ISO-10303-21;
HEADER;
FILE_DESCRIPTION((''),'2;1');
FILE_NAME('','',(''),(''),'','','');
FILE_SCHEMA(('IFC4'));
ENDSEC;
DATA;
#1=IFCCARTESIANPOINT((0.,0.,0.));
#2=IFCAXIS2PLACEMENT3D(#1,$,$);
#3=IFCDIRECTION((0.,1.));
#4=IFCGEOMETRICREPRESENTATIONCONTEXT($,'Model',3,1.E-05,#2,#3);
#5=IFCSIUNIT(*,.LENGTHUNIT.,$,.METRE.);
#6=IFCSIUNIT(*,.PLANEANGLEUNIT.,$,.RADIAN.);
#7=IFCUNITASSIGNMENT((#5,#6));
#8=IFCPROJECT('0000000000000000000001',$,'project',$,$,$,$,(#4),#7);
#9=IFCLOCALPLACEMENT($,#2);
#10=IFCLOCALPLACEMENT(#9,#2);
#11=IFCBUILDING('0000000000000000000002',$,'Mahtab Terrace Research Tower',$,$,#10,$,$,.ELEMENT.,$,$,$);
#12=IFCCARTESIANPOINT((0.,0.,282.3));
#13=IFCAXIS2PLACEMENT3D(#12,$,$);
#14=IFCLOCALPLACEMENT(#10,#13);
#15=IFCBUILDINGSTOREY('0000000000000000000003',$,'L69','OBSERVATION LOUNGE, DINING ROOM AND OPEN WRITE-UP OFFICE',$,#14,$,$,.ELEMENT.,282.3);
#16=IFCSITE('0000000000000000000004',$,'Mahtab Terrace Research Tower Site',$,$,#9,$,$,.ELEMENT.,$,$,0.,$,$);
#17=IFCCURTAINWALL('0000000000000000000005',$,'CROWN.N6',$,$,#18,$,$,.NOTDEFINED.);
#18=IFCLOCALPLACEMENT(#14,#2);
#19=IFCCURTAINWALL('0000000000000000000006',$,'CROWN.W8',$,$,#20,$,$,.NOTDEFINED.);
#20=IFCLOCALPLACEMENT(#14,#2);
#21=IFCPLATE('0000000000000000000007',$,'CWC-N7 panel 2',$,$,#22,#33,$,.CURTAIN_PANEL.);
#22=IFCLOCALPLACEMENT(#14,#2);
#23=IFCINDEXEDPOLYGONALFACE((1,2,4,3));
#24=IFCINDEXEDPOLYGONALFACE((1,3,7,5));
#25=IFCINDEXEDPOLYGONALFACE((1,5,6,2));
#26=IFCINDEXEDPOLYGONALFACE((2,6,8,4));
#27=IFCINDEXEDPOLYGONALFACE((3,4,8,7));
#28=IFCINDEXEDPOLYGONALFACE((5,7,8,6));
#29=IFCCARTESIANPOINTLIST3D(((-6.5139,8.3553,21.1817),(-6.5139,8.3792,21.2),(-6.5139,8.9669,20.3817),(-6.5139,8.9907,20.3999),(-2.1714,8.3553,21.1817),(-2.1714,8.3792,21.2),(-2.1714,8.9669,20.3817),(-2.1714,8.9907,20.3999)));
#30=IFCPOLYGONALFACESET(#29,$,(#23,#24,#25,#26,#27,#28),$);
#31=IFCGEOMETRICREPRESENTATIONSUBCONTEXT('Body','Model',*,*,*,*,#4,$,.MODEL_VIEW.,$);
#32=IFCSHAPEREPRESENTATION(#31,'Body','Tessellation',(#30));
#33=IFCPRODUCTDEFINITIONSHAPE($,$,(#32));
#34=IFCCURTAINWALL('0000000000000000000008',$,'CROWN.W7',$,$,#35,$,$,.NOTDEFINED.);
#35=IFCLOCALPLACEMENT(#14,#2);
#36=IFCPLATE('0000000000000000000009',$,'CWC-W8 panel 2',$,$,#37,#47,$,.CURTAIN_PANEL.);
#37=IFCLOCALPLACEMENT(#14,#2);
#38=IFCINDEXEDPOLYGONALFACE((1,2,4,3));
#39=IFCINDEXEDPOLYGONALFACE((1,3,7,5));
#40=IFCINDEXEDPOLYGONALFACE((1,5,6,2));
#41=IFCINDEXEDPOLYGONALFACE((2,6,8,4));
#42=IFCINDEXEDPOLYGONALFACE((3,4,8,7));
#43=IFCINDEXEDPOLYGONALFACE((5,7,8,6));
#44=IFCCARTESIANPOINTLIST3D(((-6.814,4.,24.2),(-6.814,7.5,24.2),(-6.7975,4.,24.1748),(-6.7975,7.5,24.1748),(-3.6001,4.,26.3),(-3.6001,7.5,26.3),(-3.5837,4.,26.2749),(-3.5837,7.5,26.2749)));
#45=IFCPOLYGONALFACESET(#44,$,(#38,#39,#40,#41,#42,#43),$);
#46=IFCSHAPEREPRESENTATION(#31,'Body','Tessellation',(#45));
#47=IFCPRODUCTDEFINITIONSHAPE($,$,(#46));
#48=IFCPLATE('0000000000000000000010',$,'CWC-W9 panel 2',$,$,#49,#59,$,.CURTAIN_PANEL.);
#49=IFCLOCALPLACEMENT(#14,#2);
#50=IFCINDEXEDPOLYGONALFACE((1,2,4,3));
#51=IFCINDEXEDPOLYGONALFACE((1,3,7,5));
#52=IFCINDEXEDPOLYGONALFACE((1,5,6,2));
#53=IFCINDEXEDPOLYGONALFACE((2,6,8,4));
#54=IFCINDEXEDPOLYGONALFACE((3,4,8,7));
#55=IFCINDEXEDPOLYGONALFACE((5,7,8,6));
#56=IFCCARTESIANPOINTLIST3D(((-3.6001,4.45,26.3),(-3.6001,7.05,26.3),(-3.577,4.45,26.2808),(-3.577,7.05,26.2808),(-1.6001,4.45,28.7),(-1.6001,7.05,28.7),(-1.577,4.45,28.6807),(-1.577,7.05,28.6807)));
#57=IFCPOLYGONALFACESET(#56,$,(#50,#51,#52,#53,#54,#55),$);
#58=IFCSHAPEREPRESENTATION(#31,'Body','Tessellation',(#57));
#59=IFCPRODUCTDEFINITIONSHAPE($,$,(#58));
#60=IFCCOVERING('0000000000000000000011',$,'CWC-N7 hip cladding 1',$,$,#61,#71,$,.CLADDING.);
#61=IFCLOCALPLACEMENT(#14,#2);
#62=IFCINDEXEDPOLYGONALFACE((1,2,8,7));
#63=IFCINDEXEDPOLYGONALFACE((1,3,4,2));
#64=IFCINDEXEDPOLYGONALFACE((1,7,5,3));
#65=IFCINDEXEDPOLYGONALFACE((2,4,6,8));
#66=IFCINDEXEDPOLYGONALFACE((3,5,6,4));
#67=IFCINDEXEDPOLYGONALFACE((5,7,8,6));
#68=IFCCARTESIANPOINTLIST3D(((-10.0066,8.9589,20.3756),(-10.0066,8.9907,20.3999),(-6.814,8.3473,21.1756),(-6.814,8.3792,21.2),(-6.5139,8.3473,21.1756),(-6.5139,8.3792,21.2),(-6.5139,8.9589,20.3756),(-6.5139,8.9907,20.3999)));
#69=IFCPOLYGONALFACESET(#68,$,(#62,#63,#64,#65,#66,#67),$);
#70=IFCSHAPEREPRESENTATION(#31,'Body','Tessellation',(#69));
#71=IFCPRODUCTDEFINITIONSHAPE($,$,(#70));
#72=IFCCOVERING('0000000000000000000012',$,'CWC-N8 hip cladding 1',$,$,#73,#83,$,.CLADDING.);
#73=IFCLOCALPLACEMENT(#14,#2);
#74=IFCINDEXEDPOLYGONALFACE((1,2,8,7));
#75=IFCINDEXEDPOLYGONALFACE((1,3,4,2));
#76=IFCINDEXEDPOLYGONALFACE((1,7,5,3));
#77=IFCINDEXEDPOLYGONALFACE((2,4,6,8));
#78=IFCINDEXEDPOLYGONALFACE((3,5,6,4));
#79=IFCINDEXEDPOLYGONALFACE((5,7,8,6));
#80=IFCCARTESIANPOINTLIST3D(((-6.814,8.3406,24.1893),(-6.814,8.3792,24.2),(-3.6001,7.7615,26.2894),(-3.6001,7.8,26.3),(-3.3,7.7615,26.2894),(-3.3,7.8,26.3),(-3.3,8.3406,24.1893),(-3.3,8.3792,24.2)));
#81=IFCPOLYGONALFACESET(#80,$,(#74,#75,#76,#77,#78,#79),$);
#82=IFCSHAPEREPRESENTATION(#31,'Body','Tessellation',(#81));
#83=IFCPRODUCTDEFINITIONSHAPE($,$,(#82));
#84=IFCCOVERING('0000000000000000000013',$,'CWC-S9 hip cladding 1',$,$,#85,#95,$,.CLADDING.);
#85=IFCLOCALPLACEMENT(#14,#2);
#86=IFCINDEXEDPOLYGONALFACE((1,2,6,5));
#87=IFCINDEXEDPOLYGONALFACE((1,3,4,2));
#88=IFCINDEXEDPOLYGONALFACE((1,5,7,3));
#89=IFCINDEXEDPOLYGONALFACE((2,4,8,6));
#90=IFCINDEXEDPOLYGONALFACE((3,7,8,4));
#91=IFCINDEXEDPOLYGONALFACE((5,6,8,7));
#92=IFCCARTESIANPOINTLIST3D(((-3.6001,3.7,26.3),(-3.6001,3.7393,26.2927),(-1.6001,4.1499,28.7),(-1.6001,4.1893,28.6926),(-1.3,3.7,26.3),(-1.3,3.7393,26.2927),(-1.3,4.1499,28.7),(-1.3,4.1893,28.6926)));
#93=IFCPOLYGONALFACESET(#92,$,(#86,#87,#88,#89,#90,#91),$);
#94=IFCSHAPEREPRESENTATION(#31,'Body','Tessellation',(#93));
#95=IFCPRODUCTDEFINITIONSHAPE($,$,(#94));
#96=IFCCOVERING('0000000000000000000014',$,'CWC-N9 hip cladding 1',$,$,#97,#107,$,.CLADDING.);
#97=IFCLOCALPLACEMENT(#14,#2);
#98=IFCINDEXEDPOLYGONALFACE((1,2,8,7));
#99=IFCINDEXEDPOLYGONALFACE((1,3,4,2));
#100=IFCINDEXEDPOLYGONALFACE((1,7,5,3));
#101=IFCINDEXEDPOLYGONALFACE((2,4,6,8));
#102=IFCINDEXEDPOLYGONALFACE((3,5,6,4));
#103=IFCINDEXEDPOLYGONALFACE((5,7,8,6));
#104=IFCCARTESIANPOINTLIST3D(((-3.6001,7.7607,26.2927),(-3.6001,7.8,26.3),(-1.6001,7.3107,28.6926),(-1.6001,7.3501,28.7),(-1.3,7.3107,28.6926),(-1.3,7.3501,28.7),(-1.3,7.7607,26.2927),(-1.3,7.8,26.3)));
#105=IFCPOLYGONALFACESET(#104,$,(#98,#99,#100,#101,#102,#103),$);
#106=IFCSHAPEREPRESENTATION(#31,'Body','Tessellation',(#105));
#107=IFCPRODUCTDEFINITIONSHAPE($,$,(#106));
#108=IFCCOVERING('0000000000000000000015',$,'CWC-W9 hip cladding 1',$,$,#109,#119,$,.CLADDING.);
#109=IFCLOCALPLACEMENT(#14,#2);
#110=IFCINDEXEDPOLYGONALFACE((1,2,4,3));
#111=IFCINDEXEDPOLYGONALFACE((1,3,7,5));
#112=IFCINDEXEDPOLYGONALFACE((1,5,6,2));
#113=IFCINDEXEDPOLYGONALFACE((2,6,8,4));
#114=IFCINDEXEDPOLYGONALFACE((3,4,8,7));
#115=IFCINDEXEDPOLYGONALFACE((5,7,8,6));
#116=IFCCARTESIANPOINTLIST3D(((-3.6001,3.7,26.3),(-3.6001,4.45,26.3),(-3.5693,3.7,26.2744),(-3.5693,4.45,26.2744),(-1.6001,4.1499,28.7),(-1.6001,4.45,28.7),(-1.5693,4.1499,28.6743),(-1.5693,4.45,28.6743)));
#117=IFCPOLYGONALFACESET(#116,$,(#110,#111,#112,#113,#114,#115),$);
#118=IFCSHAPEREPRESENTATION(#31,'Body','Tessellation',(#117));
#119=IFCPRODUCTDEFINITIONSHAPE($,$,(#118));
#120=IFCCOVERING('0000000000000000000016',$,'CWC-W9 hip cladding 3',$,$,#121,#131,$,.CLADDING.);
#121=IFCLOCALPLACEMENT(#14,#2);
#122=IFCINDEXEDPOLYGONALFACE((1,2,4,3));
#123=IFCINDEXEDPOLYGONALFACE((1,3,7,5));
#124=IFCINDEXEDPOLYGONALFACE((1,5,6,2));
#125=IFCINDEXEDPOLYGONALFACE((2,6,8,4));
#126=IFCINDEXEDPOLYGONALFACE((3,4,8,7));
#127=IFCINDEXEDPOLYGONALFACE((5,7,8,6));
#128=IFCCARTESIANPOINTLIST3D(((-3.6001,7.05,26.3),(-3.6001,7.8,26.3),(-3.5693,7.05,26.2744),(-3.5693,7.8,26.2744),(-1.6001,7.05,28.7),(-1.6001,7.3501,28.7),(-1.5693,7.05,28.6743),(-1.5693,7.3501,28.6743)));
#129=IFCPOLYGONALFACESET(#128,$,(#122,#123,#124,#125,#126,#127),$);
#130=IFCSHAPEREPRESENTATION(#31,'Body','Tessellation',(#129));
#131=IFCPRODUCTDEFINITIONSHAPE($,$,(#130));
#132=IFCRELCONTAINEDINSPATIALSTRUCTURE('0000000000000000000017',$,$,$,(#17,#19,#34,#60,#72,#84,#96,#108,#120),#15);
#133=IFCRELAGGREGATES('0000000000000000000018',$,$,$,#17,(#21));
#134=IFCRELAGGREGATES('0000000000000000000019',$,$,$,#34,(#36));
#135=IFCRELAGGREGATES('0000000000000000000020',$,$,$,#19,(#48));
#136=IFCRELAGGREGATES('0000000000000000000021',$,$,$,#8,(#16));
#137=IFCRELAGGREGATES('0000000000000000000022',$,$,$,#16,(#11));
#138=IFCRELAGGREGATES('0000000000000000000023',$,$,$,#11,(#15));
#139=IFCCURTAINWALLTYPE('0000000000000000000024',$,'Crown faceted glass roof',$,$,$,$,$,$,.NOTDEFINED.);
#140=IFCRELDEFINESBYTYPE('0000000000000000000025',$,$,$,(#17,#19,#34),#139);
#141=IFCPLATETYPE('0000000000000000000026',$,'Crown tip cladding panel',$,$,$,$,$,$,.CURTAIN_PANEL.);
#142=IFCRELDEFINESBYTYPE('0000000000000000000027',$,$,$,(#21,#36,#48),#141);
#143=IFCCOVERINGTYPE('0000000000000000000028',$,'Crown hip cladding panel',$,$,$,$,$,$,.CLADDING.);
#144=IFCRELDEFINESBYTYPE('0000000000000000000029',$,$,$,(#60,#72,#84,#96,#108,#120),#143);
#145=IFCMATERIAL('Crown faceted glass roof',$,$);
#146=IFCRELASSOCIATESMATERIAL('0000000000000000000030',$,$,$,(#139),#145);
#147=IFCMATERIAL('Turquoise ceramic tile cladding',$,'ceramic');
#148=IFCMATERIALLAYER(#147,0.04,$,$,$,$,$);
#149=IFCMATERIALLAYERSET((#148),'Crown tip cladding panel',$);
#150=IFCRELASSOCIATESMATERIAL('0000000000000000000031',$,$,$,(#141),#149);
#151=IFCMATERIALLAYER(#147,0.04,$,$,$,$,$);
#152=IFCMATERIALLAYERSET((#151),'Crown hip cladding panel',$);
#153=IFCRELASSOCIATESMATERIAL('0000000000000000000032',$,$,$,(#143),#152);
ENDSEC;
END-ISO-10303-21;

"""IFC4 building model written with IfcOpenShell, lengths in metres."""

from ifc_helpers import new_model, si_unit, direction, frame, origin, place, context, subcontext, project, spatial, polyline, outline, extrude, material, layer, layer_set, type_object, element, aggregate, save


model = new_model("IFC4")

# Units and contexts
model_context = context("Model", 3, precision=1e-05, world=origin(), true_north=direction((0.0, 1.0)))
body_context = subcontext(model_context, "Body", "Model", "MODEL_VIEW")
ifc_project = project(units=[si_unit("LENGTHUNIT", "METRE"), si_unit("PLANEANGLEUNIT", "RADIAN")], contexts=[model_context])

# Site, building, storey
site_placement = place(None, origin())
site = spatial("IfcSite", under=ifc_project, at=site_placement, Name="Mahtab Terrace Research Tower Site", CompositionType="ELEMENT", RefElevation=0.0)
building_placement = place(site_placement, origin())
building = spatial("IfcBuilding", under=site, at=building_placement, Name="Mahtab Terrace Research Tower", CompositionType="ELEMENT")
storey_placement = place(building_placement, frame((0.0, 0.0, 282.3)))
storey = spatial("IfcBuildingStorey", under=building, at=storey_placement, Name="L69", Description="OBSERVATION LOUNGE, DINING ROOM AND OPEN WRITE-UP OFFICE", CompositionType="ELEMENT", Elevation=282.3)

# Curtain wall
ifc_material_1 = material(Name="Crown faceted glass roof")
curtain_wall_type = type_object("IfcCurtainWallType", Name="Crown faceted glass roof", PredefinedType="NOTDEFINED", material=ifc_material_1)
curtain_wall_1_placement = place(storey_placement, origin())
curtain_wall_1 = element("IfcCurtainWall", 1, at=curtain_wall_1_placement, inside=storey, type_object=curtain_wall_type, Name="CROWN.N6", PredefinedType="NOTDEFINED")

# Curtain wall
curtain_wall_2_placement = place(storey_placement, origin())
curtain_wall_2 = element("IfcCurtainWall", 2, at=curtain_wall_2_placement, inside=storey, type_object=curtain_wall_type, Name="CROWN.W8", PredefinedType="NOTDEFINED")

# Plate
ifc_material_2 = material(Name="Turquoise ceramic tile cladding", Category="ceramic")
ifc_layer_1 = layer(ifc_material_2, 0.04)
ifc_layer_set_1 = layer_set([ifc_layer_1], Name="Crown tip cladding panel")
plate_type_1 = type_object("IfcPlateType", Name="Crown tip cladding panel", PredefinedType="CURTAIN_PANEL", material=ifc_layer_set_1)
plate_1_placement = place(storey_placement, frame((-2.1714, 8.3792, 21.2), z_axis=(0.0, 0.794468, 0.607306), x_axis=(0.0, 0.607306, -0.794468)))
plate_1 = element("IfcPlate", 3, at=plate_1_placement, type_object=plate_type_1, Name="CWC-N7 panel 2", PredefinedType="CURTAIN_PANEL", context=body_context, shape_type="SweptSolid", body=[
    extrude(outline(polyline([(0.0, 0.0), (1.007, 0.0), (1.007, 4.3425), (0.0, 4.3425), (0.0, 0.0)])), origin(), (0.0, 0.0, -1.0), 0.03),
])
aggregate(curtain_wall_1, [plate_1])

# Curtain wall, plate
curtain_wall_3_placement = place(storey_placement, origin())
curtain_wall_3 = element("IfcCurtainWall", 4, at=curtain_wall_3_placement, inside=storey, type_object=curtain_wall_type, Name="CROWN.W7", PredefinedType="NOTDEFINED")
plate_2_placement = place(storey_placement, frame((-3.6001, 4.0, 26.3), z_axis=(-0.547016, 0.0, 0.837122), x_axis=(0.0, 1.0, 0.0)))
plate_2 = element("IfcPlate", 5, at=plate_2_placement, type_object=plate_type_1, Name="CWC-W8 panel 2", PredefinedType="CURTAIN_PANEL", context=body_context, shape_type="SweptSolid", body=[
    extrude(outline(polyline([(0.0, 0.0), (3.5, 0.0), (3.5, 3.8392), (0.0, 3.8392), (0.0, 0.0)])), origin(), (0.0, 0.0, -1.0), 0.03),
])
aggregate(curtain_wall_3, [plate_2])

# Plate
plate_3_placement = place(storey_placement, frame((-1.6001, 4.45, 28.7), z_axis=(-0.768208, 0.0, 0.6402), x_axis=(0.0, 1.0, 0.0)))
plate_3 = element("IfcPlate", 6, at=plate_3_placement, type_object=plate_type_1, Name="CWC-W9 panel 2", PredefinedType="CURTAIN_PANEL", context=body_context, shape_type="SweptSolid", body=[
    extrude(outline(polyline([(0.0, 0.0), (2.6001, 0.0), (2.6001, 3.124), (0.0, 3.124), (0.0, 0.0)])), origin(), (0.0, 0.0, -1.0), 0.03),
])
aggregate(curtain_wall_2, [plate_3])

# Coverings
ifc_layer_2 = layer(ifc_material_2, 0.04)
ifc_layer_set_2 = layer_set([ifc_layer_2], Name="Crown hip cladding panel")
covering_type = type_object("IfcCoveringType", Name="Crown hip cladding panel", PredefinedType="CLADDING", material=ifc_layer_set_2)
covering_1_placement = place(storey_placement, frame((-6.5139, 8.9907, 20.3999), z_axis=(0.0, 0.794468, 0.607306), x_axis=(0.0, -0.607306, 0.794468)))
element("IfcCovering", 7, at=covering_1_placement, inside=storey, type_object=covering_type, Name="CWC-N7 hip cladding 1", PredefinedType="CLADDING", context=body_context, shape_type="SweptSolid", body=[
    extrude(outline(polyline([(0.0, 0.0), (1.007, 0.0), (1.007, -0.3), (0.0, -3.4927), (0.0, 0.0)])), origin(), (0.0, 0.0, -1.0), 0.04),
])
covering_2_placement = place(storey_placement, frame((-3.3, 8.3792, 24.2), z_axis=(0.0, 0.96402, 0.265828), x_axis=(0.0, -0.265828, 0.96402)))
element("IfcCovering", 8, at=covering_2_placement, inside=storey, type_object=covering_type, Name="CWC-N8 hip cladding 1", PredefinedType="CLADDING", context=body_context, shape_type="SweptSolid", body=[
    extrude(outline(polyline([(0.0, 0.0), (2.1785, 0.0), (2.1785, -0.3), (0.0, -3.5139), (0.0, 0.0)])), origin(), (0.0, 0.0, -1.0), 0.04),
])
covering_3_placement = place(storey_placement, frame((-1.6001, 4.1499, 28.7), z_axis=(0.0, -0.982874, 0.184276), x_axis=(1.0, 0.0, 0.0)))
element("IfcCovering", 9, at=covering_3_placement, inside=storey, type_object=covering_type, Name="CWC-S9 hip cladding 1", PredefinedType="CLADDING", context=body_context, shape_type="SweptSolid", body=[
    extrude(outline(polyline([(0.0, 0.0), (0.3, 0.0), (0.3, -2.4417), (-2.0, -2.4417), (0.0, 0.0)])), origin(), (0.0, 0.0, -1.0), 0.04),
])
covering_4_placement = place(storey_placement, frame((-1.3, 7.8, 26.3), z_axis=(0.0, 0.982874, 0.184276), x_axis=(0.0, -0.184276, 0.982874)))
element("IfcCovering", 10, at=covering_4_placement, inside=storey, type_object=covering_type, Name="CWC-N9 hip cladding 1", PredefinedType="CLADDING", context=body_context, shape_type="SweptSolid", body=[
    extrude(outline(polyline([(0.0, 0.0), (2.4417, 0.0), (2.4417, -0.3), (0.0, -2.3), (0.0, 0.0)])), origin(), (0.0, 0.0, -1.0), 0.04),
])
covering_5_placement = place(storey_placement, frame((-3.6001, 4.45, 26.3), z_axis=(-0.768208, 0.0, 0.6402), x_axis=(0.6402, 0.0, 0.768208)))
element("IfcCovering", 11, at=covering_5_placement, inside=storey, type_object=covering_type, Name="CWC-W9 hip cladding 1", PredefinedType="CLADDING", context=body_context, shape_type="SweptSolid", body=[
    extrude(outline(polyline([(0.0, 0.0), (3.124, 0.0), (3.124, -0.3), (0.0, -0.75), (0.0, 0.0)])), origin(), (0.0, 0.0, -1.0), 0.04),
])
covering_6_placement = place(storey_placement, frame((-3.6001, 7.8, 26.3), z_axis=(-0.768208, 0.0, 0.6402), x_axis=(0.633661, -0.142558, 0.760362)))
element("IfcCovering", 12, at=covering_6_placement, inside=storey, type_object=covering_type, Name="CWC-W9 hip cladding 3", PredefinedType="CLADDING", context=body_context, shape_type="SweptSolid", body=[
    extrude(outline(polyline([(0.0, 0.0), (3.1563, 0.0), (3.199, -0.297), (0.1069, -0.7423), (0.0, 0.0)])), origin(), (0.0, 0.0, -1.0), 0.04),
])

save(model, "model.ifc")
